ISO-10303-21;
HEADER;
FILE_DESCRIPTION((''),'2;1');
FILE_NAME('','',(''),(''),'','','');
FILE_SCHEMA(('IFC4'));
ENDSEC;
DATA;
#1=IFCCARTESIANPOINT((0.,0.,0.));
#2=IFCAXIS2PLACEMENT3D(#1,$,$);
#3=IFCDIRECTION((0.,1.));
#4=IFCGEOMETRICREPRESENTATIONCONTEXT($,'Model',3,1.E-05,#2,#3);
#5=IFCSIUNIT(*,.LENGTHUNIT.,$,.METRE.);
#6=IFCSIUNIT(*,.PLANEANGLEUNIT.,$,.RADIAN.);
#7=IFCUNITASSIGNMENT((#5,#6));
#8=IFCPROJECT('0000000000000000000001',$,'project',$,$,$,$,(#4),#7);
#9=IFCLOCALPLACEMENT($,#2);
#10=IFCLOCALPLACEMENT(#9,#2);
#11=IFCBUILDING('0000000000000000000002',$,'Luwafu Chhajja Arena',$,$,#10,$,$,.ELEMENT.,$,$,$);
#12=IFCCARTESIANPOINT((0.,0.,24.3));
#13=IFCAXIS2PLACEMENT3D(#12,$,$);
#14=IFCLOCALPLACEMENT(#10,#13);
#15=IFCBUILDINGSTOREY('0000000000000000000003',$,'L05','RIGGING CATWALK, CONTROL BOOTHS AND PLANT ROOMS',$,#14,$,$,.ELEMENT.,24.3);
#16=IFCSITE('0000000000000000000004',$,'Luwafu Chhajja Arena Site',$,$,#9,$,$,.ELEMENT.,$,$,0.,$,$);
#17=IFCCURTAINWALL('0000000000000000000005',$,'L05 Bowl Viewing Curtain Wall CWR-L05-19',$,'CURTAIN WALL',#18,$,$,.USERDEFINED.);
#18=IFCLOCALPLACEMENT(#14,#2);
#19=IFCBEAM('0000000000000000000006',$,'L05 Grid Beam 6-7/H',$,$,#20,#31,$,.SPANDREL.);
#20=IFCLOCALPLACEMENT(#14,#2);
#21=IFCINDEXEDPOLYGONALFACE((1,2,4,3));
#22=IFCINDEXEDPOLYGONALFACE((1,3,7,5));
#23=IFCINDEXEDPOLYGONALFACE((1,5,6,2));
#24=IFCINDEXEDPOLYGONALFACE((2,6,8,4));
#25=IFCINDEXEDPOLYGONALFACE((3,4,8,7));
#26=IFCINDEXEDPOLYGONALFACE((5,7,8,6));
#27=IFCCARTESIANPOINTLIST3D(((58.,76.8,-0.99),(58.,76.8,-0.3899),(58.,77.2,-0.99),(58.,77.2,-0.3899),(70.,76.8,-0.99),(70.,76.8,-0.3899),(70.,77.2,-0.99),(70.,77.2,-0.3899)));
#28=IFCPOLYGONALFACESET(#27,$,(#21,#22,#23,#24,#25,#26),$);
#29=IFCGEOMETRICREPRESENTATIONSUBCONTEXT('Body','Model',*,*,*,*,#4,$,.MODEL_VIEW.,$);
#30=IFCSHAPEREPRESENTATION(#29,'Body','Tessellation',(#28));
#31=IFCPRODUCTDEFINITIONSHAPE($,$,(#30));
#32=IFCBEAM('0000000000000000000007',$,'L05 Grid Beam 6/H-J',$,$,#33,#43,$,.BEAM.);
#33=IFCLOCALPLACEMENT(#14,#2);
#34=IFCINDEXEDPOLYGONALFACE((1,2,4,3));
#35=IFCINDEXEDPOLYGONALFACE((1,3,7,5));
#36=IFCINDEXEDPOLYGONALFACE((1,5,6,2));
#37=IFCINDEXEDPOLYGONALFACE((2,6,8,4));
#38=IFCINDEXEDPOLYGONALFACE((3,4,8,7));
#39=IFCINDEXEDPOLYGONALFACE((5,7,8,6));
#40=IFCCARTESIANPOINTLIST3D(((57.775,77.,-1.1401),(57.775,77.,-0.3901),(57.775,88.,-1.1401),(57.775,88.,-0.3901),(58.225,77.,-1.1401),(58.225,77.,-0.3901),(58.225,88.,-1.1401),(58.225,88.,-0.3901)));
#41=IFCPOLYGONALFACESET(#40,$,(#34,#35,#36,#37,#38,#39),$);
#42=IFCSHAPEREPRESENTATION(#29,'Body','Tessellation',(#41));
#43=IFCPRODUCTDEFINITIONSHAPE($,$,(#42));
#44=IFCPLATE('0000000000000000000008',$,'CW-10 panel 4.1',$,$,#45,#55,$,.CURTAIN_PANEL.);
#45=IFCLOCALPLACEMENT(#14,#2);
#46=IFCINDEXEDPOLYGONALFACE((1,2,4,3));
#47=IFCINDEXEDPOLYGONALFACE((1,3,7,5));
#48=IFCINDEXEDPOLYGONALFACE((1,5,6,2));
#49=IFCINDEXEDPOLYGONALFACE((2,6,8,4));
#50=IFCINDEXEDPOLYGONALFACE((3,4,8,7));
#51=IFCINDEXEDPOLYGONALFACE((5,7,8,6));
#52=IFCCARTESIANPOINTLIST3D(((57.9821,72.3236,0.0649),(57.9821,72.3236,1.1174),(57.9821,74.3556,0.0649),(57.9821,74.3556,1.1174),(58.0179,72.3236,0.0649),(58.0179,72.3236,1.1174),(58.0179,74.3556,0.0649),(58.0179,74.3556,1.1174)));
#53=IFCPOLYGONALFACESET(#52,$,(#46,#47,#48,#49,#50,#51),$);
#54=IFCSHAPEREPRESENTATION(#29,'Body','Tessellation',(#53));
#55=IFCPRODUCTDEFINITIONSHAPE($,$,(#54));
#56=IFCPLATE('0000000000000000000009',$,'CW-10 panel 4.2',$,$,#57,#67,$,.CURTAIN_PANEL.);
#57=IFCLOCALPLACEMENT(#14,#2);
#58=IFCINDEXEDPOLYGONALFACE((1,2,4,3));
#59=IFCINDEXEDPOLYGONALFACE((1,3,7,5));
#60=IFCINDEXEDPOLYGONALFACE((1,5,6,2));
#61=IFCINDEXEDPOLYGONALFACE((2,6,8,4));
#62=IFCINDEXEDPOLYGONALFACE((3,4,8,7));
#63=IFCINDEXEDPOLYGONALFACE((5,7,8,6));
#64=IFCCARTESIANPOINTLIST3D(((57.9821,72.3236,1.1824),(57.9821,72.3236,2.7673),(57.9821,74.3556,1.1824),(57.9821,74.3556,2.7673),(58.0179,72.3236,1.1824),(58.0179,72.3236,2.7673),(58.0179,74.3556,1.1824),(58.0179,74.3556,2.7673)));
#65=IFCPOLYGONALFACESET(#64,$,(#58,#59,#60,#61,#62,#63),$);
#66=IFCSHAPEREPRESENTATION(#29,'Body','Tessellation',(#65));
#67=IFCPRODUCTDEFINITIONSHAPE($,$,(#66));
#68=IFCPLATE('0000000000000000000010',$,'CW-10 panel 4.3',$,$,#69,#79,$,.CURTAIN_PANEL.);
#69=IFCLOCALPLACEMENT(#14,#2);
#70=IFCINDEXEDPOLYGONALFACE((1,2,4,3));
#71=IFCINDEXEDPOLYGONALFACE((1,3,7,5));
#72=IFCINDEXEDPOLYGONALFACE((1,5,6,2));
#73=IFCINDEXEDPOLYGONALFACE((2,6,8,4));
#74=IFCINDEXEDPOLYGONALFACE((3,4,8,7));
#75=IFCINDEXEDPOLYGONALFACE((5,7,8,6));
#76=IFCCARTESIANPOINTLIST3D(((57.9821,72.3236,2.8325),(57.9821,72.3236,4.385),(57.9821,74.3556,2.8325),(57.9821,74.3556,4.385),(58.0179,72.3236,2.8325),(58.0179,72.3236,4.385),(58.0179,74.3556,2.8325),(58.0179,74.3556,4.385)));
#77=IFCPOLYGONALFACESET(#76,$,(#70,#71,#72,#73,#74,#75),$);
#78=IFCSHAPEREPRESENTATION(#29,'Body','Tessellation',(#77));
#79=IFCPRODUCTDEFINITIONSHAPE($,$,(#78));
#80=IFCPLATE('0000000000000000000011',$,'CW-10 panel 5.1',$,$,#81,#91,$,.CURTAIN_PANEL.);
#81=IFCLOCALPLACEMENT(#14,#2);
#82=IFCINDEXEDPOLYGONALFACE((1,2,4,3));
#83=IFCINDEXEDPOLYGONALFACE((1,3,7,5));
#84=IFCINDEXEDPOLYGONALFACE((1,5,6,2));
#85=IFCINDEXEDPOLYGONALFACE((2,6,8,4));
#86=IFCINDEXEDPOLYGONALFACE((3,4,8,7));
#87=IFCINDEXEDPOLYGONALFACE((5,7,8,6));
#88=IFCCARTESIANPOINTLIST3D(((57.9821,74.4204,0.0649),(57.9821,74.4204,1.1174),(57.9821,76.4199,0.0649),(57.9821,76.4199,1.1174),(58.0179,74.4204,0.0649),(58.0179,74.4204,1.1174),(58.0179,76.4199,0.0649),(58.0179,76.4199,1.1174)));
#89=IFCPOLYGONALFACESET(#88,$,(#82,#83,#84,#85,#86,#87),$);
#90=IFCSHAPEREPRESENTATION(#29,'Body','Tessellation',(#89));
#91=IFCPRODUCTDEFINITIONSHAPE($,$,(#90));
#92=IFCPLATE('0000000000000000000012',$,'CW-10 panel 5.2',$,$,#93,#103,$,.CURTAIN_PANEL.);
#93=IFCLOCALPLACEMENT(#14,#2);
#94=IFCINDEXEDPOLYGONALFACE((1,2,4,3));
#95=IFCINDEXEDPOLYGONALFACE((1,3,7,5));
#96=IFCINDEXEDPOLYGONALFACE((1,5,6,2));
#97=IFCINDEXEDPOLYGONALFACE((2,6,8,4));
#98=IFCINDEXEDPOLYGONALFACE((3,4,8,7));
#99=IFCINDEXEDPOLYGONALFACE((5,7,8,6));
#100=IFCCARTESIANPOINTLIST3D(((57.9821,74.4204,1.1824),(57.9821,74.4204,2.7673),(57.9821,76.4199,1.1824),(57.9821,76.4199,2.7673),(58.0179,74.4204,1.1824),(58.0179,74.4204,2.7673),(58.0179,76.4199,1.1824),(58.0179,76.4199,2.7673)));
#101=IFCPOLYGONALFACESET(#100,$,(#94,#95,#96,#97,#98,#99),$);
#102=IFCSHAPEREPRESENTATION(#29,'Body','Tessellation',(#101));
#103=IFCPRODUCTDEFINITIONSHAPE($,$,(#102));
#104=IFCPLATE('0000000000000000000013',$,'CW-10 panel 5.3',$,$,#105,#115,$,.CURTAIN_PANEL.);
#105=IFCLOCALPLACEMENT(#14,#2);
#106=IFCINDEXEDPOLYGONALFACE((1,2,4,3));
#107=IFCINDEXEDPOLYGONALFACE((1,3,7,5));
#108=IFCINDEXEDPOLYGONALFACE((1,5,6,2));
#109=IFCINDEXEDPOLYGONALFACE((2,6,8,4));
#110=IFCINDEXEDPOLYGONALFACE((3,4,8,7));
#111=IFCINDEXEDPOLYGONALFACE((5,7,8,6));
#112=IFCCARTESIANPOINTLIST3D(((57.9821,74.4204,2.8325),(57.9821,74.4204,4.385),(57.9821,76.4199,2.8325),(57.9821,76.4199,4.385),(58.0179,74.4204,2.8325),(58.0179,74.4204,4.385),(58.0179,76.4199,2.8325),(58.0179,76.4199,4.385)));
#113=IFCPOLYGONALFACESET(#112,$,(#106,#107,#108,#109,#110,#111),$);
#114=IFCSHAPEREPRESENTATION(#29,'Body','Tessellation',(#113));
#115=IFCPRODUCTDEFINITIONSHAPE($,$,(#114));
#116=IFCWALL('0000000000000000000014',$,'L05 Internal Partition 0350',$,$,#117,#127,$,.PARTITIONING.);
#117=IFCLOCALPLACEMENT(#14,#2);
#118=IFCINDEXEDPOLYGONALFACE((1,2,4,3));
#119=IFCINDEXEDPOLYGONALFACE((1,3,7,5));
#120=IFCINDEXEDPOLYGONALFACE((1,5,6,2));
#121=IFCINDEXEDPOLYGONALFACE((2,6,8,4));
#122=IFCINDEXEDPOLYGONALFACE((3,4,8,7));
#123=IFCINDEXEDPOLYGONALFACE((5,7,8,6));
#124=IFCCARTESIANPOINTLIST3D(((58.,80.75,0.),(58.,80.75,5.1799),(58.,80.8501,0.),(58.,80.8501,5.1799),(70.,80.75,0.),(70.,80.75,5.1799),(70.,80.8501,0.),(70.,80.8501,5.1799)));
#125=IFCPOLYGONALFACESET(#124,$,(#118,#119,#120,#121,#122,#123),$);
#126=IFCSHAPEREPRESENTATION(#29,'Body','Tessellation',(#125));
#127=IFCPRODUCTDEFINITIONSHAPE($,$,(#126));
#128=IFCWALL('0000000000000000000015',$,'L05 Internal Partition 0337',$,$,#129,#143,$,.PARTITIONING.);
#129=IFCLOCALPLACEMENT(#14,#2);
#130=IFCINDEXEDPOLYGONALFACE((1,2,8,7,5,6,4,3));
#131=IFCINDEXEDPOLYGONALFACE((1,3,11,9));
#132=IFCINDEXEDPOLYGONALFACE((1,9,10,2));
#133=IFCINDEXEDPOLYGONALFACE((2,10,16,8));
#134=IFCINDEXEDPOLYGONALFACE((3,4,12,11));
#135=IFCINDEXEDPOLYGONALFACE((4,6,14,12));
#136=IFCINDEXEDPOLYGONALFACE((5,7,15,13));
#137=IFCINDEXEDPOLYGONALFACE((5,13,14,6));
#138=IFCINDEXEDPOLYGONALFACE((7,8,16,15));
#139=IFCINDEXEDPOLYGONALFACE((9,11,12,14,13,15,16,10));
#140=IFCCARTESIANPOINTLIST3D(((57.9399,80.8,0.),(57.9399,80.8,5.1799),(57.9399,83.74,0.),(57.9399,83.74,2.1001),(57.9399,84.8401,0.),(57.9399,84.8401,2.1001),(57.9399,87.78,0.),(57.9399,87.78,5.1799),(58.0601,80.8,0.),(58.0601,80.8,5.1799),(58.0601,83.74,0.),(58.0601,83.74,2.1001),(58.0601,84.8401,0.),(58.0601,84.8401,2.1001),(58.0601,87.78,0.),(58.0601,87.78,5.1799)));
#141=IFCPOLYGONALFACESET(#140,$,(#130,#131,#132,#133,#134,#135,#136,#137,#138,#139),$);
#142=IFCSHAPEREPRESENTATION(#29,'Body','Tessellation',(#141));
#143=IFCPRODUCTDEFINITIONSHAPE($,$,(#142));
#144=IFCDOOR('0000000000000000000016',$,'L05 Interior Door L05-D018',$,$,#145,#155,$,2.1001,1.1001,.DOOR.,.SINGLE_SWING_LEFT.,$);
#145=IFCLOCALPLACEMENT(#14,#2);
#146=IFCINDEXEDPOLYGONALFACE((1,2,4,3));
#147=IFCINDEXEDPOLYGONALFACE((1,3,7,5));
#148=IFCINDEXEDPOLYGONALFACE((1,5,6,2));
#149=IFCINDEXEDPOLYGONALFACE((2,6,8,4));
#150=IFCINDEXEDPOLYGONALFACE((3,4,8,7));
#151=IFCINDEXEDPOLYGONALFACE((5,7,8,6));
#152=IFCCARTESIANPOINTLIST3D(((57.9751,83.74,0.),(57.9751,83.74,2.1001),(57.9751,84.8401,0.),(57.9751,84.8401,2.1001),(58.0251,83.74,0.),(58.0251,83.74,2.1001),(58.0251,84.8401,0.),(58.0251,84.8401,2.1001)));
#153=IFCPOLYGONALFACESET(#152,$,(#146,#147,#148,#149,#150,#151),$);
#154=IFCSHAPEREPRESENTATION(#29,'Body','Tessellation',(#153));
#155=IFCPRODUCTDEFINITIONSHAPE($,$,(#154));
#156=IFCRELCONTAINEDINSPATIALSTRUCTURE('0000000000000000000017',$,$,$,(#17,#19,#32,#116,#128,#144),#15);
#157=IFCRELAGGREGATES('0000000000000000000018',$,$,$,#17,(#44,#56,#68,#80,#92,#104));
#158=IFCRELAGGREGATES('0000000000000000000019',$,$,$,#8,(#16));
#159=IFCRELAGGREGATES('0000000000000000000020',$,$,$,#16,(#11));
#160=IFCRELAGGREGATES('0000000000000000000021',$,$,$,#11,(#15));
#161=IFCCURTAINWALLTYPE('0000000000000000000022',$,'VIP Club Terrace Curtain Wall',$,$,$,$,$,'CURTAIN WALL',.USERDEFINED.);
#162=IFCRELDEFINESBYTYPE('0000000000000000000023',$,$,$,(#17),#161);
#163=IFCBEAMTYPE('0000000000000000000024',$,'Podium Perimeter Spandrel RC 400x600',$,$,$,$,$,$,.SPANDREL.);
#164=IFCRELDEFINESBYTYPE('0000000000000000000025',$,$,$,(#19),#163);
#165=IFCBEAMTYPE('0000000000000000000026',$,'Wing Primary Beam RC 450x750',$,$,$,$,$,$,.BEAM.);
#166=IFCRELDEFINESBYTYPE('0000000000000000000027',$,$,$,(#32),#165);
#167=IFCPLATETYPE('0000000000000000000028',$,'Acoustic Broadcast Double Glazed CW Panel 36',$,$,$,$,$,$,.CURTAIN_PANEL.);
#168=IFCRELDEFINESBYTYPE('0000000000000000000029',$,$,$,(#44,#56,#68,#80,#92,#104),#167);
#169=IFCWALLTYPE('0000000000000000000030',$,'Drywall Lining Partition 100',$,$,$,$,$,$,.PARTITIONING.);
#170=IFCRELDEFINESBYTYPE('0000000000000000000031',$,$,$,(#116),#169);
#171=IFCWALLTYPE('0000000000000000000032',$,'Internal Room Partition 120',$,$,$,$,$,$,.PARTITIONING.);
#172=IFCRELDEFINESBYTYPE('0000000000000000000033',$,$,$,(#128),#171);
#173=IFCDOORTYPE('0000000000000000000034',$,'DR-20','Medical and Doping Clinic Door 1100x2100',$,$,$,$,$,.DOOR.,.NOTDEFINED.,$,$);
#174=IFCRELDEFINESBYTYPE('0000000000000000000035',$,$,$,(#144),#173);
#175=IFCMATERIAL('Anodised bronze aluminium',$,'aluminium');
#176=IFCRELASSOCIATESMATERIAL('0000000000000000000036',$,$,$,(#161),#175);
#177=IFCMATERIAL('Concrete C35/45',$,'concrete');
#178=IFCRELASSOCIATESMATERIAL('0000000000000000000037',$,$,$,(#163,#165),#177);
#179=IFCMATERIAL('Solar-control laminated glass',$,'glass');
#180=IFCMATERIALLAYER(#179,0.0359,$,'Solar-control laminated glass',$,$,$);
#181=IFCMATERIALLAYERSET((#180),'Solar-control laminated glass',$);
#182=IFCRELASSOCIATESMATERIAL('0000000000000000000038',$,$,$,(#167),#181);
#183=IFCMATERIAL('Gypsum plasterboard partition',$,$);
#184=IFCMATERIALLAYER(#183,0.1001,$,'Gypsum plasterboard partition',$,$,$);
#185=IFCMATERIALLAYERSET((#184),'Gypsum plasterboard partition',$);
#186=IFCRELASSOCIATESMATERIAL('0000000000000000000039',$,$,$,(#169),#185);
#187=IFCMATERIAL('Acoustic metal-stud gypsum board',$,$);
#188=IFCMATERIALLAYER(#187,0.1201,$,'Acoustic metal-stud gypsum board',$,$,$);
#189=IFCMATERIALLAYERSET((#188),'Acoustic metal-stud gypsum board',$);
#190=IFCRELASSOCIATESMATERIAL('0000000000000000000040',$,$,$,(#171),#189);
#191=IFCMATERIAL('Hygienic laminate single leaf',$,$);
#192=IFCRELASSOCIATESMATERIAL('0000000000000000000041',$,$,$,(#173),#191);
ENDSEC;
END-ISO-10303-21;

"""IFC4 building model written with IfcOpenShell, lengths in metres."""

from ifc_helpers import new_model, si_unit, direction, frame, frame_2d, origin, origin_2d, place, context, subcontext, project, spatial, rectangle, extrude, material, layer, layer_set, material_profile, profile_set, type_object, element, fill, aggregate, save


model = new_model("IFC4")

# Units and contexts
model_context = context("Model", 3, precision=1e-05, world=origin(), true_north=direction((0.0, 1.0)))
body_context = subcontext(model_context, "Body", "Model", "MODEL_VIEW")
ifc_project = project(units=[si_unit("LENGTHUNIT", "METRE"), si_unit("PLANEANGLEUNIT", "RADIAN")], contexts=[model_context])

# Site, building, storey
site_placement = place(None, origin())
site = spatial("IfcSite", under=ifc_project, at=site_placement, Name="Luwafu Chhajja Arena Site", CompositionType="ELEMENT", RefElevation=0.0)
building_placement = place(site_placement, origin())
building = spatial("IfcBuilding", under=site, at=building_placement, Name="Luwafu Chhajja Arena", CompositionType="ELEMENT")
storey_placement = place(building_placement, frame((0.0, 0.0, 24.3)))
storey = spatial("IfcBuildingStorey", under=building, at=storey_placement, Name="L05", Description="RIGGING CATWALK, CONTROL BOOTHS AND PLANT ROOMS", CompositionType="ELEMENT", Elevation=24.3)

# Shared definitions
ifc_material_1 = material(Name="Concrete C35/45", Category="concrete")

# Shared definitions
ifc_material_2 = material(Name="Anodised bronze aluminium", Category="aluminium")
curtain_wall_type = type_object("IfcCurtainWallType", Name="VIP Club Terrace Curtain Wall", ElementType="CURTAIN WALL", PredefinedType="USERDEFINED", material=ifc_material_2)

# Curtain wall
curtain_wall_1_placement = place(storey_placement, origin())
curtain_wall_1 = element("IfcCurtainWall", 1, at=curtain_wall_1_placement, inside=storey, type_object=curtain_wall_type, Name="L05 Bowl Viewing Curtain Wall CWR-L05-19", ObjectType="CURTAIN WALL", PredefinedType="USERDEFINED")

# Beams
ifc_material_profile_1 = material_profile(ifc_material_1, rectangle(XDim=0.3999, YDim=0.6001, at=origin_2d()), Name="RC 400x600")
ifc_profile_set_1 = profile_set([ifc_material_profile_1], Name="Concrete C35/45")
beam_type_1 = type_object("IfcBeamType", Name="Podium Perimeter Spandrel RC 400x600", PredefinedType="SPANDREL", material=ifc_profile_set_1)
beam_1_placement = place(storey_placement, frame((58.0, 77.0, -0.6899), z_axis=(1.0, 0.0, 0.0), x_axis=(0.0, 1.0, 0.0)))
element("IfcBeam", 2, at=beam_1_placement, inside=storey, type_object=beam_type_1, Name="L05 Grid Beam 6-7/H", PredefinedType="SPANDREL", context=body_context, shape_type="SweptSolid", body=[
    extrude(rectangle(XDim=0.3999, YDim=0.6001, at=origin_2d()), origin(), (0.0, 0.0, 1.0), 12.0),
])
ifc_material_profile_2 = material_profile(ifc_material_1, rectangle(XDim=0.45, YDim=0.75, at=origin_2d()), Name="RC 450x750")
ifc_profile_set_2 = profile_set([ifc_material_profile_2], Name="Concrete C35/45")
beam_type_2 = type_object("IfcBeamType", Name="Wing Primary Beam RC 450x750", PredefinedType="BEAM", material=ifc_profile_set_2)
beam_2_placement = place(storey_placement, frame((58.0, 77.0, -0.7651), z_axis=(0.0, 1.0, 0.0), x_axis=(-1.0, 0.0, 0.0)))
element("IfcBeam", 3, at=beam_2_placement, inside=storey, type_object=beam_type_2, Name="L05 Grid Beam 6/H-J", PredefinedType="BEAM", context=body_context, shape_type="SweptSolid", body=[
    extrude(rectangle(XDim=0.45, YDim=0.75, at=origin_2d()), origin(), (0.0, 0.0, 1.0), 11.0),
])

# Plates
ifc_material_3 = material(Name="Solar-control laminated glass", Category="glass")
ifc_layer_1 = layer(ifc_material_3, 0.0359, Name="Solar-control laminated glass")
ifc_layer_set_1 = layer_set([ifc_layer_1], Name="Solar-control laminated glass")
plate_type = type_object("IfcPlateType", Name="Acoustic Broadcast Double Glazed CW Panel 36", PredefinedType="CURTAIN_PANEL", material=ifc_layer_set_1)
plate_1_placement = place(storey_placement, frame((58.0, 73.3396, 0.0649), z_axis=(0.0, 0.0, 1.0), x_axis=(0.0, 1.0, 0.0)))
plate_1 = element("IfcPlate", 4, at=plate_1_placement, type_object=plate_type, Name="CW-10 panel 4.1", PredefinedType="CURTAIN_PANEL", context=body_context, shape_type="SweptSolid", body=[
    extrude(rectangle(XDim=2.032, YDim=0.0359, at=origin_2d()), origin(), (0.0, 0.0, 1.0), 1.0525),
])
plate_2_placement = place(storey_placement, frame((58.0, 73.3396, 1.1824), z_axis=(0.0, 0.0, 1.0), x_axis=(0.0, 1.0, 0.0)))
plate_2 = element("IfcPlate", 5, at=plate_2_placement, type_object=plate_type, Name="CW-10 panel 4.2", PredefinedType="CURTAIN_PANEL", context=body_context, shape_type="SweptSolid", body=[
    extrude(rectangle(XDim=2.032, YDim=0.0359, at=origin_2d()), origin(), (0.0, 0.0, 1.0), 1.585),
])
plate_3_placement = place(storey_placement, frame((58.0, 73.3396, 2.8325), z_axis=(0.0, 0.0, 1.0), x_axis=(0.0, 1.0, 0.0)))
plate_3 = element("IfcPlate", 6, at=plate_3_placement, type_object=plate_type, Name="CW-10 panel 4.3", PredefinedType="CURTAIN_PANEL", context=body_context, shape_type="SweptSolid", body=[
    extrude(rectangle(XDim=2.032, YDim=0.0359, at=origin_2d()), origin(), (0.0, 0.0, 1.0), 1.5525),
])
plate_4_placement = place(storey_placement, frame((58.0, 75.4202, 0.0649), z_axis=(0.0, 0.0, 1.0), x_axis=(0.0, 1.0, 0.0)))
plate_4 = element("IfcPlate", 7, at=plate_4_placement, type_object=plate_type, Name="CW-10 panel 5.1", PredefinedType="CURTAIN_PANEL", context=body_context, shape_type="SweptSolid", body=[
    extrude(rectangle(XDim=1.9995, YDim=0.0359, at=origin_2d()), origin(), (0.0, 0.0, 1.0), 1.0525),
])
plate_5_placement = place(storey_placement, frame((58.0, 75.4202, 1.1824), z_axis=(0.0, 0.0, 1.0), x_axis=(0.0, 1.0, 0.0)))
plate_5 = element("IfcPlate", 8, at=plate_5_placement, type_object=plate_type, Name="CW-10 panel 5.2", PredefinedType="CURTAIN_PANEL", context=body_context, shape_type="SweptSolid", body=[
    extrude(rectangle(XDim=1.9995, YDim=0.0359, at=origin_2d()), origin(), (0.0, 0.0, 1.0), 1.585),
])
plate_6_placement = place(storey_placement, frame((58.0, 75.4202, 2.8325), z_axis=(0.0, 0.0, 1.0), x_axis=(0.0, 1.0, 0.0)))
plate_6 = element("IfcPlate", 9, at=plate_6_placement, type_object=plate_type, Name="CW-10 panel 5.3", PredefinedType="CURTAIN_PANEL", context=body_context, shape_type="SweptSolid", body=[
    extrude(rectangle(XDim=1.9995, YDim=0.0359, at=origin_2d()), origin(), (0.0, 0.0, 1.0), 1.5525),
])
aggregate(curtain_wall_1, [plate_1, plate_2, plate_3, plate_4, plate_5, plate_6])

# Wall
ifc_material_4 = material(Name="Gypsum plasterboard partition")
ifc_layer_2 = layer(ifc_material_4, 0.1001, Name="Gypsum plasterboard partition")
ifc_layer_set_2 = layer_set([ifc_layer_2], Name="Gypsum plasterboard partition")
wall_type_1 = type_object("IfcWallType", Name="Drywall Lining Partition 100", PredefinedType="PARTITIONING", material=ifc_layer_set_2)
wall_1_placement = place(storey_placement, frame((58.0, 80.8, 0.0), z_axis=(0.0, 0.0, 1.0), x_axis=(1.0, 0.0, 0.0)))
element("IfcWall", 10, at=wall_1_placement, inside=storey, type_object=wall_type_1, Name="L05 Internal Partition 0350", PredefinedType="PARTITIONING", context=body_context, shape_type="SweptSolid", body=[
    extrude(rectangle(XDim=12.0, YDim=0.1001, at=frame_2d((6.0, 0.0))), origin(), (0.0, 0.0, 1.0), 5.1799),
])

# Wall, opening, door
ifc_material_5 = material(Name="Acoustic metal-stud gypsum board")
ifc_layer_3 = layer(ifc_material_5, 0.1201, Name="Acoustic metal-stud gypsum board")
ifc_layer_set_3 = layer_set([ifc_layer_3], Name="Acoustic metal-stud gypsum board")
wall_type_2 = type_object("IfcWallType", Name="Internal Room Partition 120", PredefinedType="PARTITIONING", material=ifc_layer_set_3)
wall_2_placement = place(storey_placement, frame((58.0, 80.8, 0.0), z_axis=(0.0, 0.0, 1.0), x_axis=(0.0, 1.0, 0.0)))
wall_2 = element("IfcWall", 11, at=wall_2_placement, inside=storey, type_object=wall_type_2, Name="L05 Internal Partition 0337", PredefinedType="PARTITIONING", context=body_context, shape_type="SweptSolid", body=[
    extrude(rectangle(XDim=6.98, YDim=0.1201, at=frame_2d((3.49, 0.0))), origin(), (0.0, 0.0, 1.0), 5.1799),
])
opening_placement = place(wall_2_placement, frame((2.9399, 0.0, 0.0)))
opening = element("IfcOpeningElement", 12, at=opening_placement, cuts=wall_2, PredefinedType="OPENING", context=body_context, shape_type="SweptSolid", body=[
    extrude(rectangle(XDim=1.1001, YDim=2.1001, at=frame_2d((0.55, 1.05))), frame((0.0, 0.0701, 0.0), z_axis=(0.0, -1.0, 0.0), x_axis=(1.0, 0.0, 0.0)), (0.0, 0.0, 1.0), 0.1401),
])
ifc_material_6 = material(Name="Hygienic laminate single leaf")
door_type = type_object("IfcDoorType", Name="DR-20", Description="Medical and Doping Clinic Door 1100x2100", OperationType="NOTDEFINED", PredefinedType="DOOR", material=ifc_material_6)
door_placement = place(opening_placement, origin())
door = element("IfcDoor", 13, at=door_placement, inside=storey, type_object=door_type, Name="L05 Interior Door L05-D018", OperationType="SINGLE_SWING_LEFT", OverallHeight=2.1001, OverallWidth=1.1001, PredefinedType="DOOR", context=body_context, shape_type="SweptSolid", body=[
    extrude(rectangle(XDim=1.1001, YDim=2.1001, at=frame_2d((0.55, 1.05))), frame((0.0, 0.0249, 0.0), z_axis=(0.0, -1.0, 0.0), x_axis=(1.0, 0.0, 0.0)), (0.0, 0.0, 1.0), 0.05),
])
fill(opening, door)

save(model, "model.ifc")
